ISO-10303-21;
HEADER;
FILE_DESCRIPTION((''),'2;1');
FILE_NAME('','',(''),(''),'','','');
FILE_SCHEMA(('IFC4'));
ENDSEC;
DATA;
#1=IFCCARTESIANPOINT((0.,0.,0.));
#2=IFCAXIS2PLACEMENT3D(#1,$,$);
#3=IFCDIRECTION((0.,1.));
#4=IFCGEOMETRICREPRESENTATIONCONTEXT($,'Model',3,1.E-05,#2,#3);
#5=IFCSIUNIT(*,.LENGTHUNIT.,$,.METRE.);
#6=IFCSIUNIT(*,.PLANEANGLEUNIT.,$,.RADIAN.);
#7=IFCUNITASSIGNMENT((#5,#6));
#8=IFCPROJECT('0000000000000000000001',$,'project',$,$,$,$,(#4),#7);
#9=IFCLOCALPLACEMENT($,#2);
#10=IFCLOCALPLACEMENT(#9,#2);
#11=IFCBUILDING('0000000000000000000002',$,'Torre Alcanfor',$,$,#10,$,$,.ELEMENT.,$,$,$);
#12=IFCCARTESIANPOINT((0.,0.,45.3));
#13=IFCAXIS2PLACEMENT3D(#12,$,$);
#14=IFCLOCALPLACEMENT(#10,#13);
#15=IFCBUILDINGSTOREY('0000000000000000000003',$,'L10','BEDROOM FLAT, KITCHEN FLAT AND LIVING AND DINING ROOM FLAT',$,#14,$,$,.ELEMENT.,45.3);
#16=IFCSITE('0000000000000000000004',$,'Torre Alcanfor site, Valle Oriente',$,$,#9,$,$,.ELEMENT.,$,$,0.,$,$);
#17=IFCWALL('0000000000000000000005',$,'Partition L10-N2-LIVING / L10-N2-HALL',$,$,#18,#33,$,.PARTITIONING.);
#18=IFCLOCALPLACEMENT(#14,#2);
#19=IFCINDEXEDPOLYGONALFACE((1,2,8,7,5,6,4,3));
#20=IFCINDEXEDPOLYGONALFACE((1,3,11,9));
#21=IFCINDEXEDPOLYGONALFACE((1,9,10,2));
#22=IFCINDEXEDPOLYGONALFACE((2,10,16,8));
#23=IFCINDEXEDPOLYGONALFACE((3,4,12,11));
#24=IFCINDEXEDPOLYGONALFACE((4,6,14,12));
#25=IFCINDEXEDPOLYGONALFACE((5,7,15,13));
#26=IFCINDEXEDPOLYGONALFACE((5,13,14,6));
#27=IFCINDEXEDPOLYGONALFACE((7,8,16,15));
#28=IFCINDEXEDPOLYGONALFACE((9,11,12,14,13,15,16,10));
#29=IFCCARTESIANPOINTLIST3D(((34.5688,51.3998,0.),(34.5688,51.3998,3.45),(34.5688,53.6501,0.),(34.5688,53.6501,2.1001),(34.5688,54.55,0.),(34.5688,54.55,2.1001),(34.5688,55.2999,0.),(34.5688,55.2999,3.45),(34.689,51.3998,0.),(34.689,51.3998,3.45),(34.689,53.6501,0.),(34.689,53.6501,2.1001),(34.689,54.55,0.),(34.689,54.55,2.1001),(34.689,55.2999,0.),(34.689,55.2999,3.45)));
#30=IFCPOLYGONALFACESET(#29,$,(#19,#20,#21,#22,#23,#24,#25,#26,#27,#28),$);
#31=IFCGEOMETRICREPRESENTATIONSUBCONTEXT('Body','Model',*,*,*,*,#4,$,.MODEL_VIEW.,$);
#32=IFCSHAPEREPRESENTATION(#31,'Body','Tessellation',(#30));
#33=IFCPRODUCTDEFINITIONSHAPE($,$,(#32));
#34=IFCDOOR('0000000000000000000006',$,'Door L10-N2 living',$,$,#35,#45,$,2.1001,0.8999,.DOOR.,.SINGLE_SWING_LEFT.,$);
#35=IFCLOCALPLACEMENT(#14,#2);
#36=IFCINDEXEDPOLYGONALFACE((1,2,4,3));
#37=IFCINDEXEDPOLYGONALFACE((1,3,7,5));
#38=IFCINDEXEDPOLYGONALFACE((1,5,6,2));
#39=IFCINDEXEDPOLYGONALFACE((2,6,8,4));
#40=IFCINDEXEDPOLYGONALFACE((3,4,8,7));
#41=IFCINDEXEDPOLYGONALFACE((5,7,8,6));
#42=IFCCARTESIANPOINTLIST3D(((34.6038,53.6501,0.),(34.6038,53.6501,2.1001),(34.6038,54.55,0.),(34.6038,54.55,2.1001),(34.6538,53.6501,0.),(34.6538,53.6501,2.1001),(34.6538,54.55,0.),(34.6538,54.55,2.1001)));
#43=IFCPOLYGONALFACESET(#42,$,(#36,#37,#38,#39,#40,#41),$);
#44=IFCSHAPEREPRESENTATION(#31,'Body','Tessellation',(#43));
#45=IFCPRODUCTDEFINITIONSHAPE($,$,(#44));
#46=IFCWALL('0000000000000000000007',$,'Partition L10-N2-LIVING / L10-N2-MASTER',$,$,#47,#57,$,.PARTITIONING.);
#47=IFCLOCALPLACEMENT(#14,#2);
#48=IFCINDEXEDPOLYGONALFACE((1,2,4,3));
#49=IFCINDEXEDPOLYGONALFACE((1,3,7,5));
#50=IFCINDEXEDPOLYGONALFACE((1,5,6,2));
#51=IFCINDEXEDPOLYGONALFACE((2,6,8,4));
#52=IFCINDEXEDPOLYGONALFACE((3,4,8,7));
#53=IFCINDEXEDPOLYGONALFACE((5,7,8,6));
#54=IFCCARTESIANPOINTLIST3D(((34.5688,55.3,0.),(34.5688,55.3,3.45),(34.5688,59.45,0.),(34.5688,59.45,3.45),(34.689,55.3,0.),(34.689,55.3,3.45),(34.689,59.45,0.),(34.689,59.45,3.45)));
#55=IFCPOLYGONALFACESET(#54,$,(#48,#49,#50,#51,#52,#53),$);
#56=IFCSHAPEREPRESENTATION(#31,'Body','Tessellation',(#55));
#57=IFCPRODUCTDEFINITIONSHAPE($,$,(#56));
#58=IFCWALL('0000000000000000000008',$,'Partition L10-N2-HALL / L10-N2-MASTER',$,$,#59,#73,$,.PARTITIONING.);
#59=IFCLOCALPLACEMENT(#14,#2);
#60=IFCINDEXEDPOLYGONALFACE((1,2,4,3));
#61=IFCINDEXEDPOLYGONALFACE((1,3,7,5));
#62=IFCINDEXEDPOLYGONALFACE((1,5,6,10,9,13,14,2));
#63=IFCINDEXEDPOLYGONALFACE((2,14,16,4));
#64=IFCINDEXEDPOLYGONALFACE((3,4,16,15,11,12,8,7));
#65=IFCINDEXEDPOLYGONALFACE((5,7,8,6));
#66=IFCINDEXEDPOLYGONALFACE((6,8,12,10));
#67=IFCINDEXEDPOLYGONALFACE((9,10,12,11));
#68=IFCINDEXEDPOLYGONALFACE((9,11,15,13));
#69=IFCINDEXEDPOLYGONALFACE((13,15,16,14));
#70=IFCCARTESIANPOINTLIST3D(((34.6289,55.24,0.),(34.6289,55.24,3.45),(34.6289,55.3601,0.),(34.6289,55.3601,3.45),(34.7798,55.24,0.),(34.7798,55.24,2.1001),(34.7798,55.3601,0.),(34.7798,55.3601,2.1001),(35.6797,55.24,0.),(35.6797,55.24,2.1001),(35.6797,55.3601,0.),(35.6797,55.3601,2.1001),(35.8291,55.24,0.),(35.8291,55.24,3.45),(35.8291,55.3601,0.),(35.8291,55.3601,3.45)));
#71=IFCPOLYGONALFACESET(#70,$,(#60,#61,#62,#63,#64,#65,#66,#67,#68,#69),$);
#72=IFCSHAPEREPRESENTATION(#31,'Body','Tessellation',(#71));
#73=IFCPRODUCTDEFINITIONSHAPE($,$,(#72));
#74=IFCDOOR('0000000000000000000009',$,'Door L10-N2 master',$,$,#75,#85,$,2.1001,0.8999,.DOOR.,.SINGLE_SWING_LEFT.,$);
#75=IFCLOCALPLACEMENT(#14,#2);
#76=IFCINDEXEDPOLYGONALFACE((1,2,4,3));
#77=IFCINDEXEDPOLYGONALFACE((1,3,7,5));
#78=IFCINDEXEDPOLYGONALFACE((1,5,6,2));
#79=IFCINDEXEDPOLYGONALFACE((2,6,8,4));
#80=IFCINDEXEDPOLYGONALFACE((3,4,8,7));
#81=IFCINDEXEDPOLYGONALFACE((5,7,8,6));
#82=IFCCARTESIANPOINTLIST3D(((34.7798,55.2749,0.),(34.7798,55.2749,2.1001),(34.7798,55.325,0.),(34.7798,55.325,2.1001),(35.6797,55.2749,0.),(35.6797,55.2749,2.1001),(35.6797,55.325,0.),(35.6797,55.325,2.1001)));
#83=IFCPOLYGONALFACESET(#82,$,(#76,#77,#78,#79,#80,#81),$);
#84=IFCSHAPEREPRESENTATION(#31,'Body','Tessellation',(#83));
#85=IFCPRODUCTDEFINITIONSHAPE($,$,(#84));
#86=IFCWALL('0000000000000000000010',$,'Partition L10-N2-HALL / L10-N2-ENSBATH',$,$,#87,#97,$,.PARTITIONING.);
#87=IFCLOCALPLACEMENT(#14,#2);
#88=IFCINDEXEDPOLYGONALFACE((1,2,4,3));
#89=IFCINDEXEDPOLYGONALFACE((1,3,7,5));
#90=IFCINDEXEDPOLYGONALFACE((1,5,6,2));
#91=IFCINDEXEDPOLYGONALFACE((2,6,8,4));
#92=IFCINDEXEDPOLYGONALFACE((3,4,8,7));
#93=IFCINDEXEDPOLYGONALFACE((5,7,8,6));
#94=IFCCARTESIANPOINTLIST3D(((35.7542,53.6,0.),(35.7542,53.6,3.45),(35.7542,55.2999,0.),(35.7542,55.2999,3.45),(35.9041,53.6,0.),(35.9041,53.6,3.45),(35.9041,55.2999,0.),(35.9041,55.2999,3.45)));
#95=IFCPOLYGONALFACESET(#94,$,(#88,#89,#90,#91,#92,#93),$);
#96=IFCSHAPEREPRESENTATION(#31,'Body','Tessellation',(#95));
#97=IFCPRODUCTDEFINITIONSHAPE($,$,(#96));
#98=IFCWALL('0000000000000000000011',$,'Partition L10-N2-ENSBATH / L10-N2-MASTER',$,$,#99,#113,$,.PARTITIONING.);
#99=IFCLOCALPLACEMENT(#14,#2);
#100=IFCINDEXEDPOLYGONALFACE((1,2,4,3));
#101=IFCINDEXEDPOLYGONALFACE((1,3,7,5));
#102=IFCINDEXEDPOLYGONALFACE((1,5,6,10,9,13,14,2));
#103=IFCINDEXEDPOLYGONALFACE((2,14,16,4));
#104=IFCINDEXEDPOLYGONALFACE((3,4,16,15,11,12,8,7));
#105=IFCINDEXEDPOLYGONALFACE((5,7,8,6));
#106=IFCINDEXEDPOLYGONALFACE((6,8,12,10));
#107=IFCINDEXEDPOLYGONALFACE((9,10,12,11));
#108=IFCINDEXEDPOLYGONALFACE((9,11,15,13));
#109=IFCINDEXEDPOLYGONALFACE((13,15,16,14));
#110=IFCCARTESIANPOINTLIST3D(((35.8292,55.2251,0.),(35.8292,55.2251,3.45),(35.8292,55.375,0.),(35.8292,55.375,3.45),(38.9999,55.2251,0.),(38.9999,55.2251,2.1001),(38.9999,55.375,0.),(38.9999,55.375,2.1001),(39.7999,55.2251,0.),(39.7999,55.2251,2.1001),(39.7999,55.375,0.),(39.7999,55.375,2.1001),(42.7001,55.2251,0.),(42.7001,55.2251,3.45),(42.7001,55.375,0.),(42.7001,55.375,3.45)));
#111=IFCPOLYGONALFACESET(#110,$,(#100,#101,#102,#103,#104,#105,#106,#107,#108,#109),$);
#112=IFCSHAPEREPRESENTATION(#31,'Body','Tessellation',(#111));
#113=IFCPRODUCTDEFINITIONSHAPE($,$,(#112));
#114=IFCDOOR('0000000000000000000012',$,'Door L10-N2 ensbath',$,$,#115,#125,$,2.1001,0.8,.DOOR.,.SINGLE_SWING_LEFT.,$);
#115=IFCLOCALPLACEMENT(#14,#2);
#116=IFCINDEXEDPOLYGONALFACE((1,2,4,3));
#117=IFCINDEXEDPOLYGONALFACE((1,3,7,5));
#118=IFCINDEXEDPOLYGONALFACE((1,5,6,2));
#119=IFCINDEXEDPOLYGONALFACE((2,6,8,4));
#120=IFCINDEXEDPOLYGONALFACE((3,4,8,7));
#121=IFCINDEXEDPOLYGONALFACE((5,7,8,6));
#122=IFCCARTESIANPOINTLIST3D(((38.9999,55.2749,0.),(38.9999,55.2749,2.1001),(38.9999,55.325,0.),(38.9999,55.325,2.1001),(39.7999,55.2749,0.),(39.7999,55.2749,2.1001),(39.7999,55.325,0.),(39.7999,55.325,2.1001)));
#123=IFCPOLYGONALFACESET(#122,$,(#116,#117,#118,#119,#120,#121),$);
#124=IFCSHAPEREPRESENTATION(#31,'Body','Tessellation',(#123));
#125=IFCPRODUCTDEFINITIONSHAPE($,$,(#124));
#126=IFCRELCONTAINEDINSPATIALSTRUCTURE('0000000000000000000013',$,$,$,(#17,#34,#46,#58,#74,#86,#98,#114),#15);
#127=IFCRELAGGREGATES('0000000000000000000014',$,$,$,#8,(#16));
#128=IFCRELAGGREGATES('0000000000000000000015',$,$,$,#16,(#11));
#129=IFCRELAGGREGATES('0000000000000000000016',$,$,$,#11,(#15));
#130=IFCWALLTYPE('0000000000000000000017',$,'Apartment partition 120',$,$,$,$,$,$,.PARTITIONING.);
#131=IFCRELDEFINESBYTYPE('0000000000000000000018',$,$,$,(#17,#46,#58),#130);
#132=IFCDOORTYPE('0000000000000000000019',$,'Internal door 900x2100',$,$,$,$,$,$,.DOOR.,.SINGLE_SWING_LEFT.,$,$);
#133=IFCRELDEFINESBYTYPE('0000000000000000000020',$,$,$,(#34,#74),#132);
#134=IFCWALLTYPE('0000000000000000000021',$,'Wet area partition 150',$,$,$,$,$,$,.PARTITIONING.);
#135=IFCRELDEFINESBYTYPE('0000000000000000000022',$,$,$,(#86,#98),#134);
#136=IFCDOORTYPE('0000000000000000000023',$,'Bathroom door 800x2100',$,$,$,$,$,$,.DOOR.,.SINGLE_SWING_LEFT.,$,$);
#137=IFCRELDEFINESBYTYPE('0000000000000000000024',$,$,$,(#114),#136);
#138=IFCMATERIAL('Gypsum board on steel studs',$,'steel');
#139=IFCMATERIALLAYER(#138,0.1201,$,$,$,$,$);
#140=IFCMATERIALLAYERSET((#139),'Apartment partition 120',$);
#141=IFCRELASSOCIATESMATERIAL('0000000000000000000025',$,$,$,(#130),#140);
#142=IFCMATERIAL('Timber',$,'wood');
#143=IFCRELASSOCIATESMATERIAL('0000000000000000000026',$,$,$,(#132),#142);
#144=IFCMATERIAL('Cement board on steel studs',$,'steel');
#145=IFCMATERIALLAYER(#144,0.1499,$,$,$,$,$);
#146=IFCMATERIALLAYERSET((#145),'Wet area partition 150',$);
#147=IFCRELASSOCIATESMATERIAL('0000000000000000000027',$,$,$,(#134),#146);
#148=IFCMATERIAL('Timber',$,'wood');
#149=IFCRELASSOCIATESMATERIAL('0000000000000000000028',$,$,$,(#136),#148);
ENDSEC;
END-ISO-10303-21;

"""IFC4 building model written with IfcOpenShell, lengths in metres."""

from ifc_helpers import new_model, si_unit, direction, frame, frame_2d, origin, place, context, subcontext, project, spatial, rectangle, extrude, material, layer, layer_set, type_object, element, fill, save


model = new_model("IFC4")

# Units and contexts
model_context = context("Model", 3, precision=1e-05, world=origin(), true_north=direction((0.0, 1.0)))
body_context = subcontext(model_context, "Body", "Model", "MODEL_VIEW")
ifc_project = project(units=[si_unit("LENGTHUNIT", "METRE"), si_unit("PLANEANGLEUNIT", "RADIAN")], contexts=[model_context])

# Site, building, storey
site_placement = place(None, origin())
site = spatial("IfcSite", under=ifc_project, at=site_placement, Name="Torre Alcanfor site, Valle Oriente", CompositionType="ELEMENT", RefElevation=0.0)
building_placement = place(site_placement, origin())
building = spatial("IfcBuilding", under=site, at=building_placement, Name="Torre Alcanfor", CompositionType="ELEMENT")
storey_placement = place(building_placement, frame((0.0, 0.0, 45.3)))
storey = spatial("IfcBuildingStorey", under=building, at=storey_placement, Name="L10", Description="BEDROOM FLAT, KITCHEN FLAT AND LIVING AND DINING ROOM FLAT", CompositionType="ELEMENT", Elevation=45.3)

# Wall, opening, door
ifc_material_1 = material(Name="Gypsum board on steel studs", Category="steel")
ifc_layer_1 = layer(ifc_material_1, 0.1201)
ifc_layer_set_1 = layer_set([ifc_layer_1], Name="Apartment partition 120")
wall_type_1 = type_object("IfcWallType", Name="Apartment partition 120", PredefinedType="PARTITIONING", material=ifc_layer_set_1)
wall_1_placement = place(storey_placement, frame((34.6289, 55.3, 0.0), z_axis=(0.0, 0.0, 1.0), x_axis=(0.0, -1.0, 0.0)))
wall_1 = element("IfcWall", 1, at=wall_1_placement, inside=storey, type_object=wall_type_1, Name="Partition L10-N2-LIVING / L10-N2-HALL", PredefinedType="PARTITIONING", context=body_context, shape_type="SweptSolid", body=[
    extrude(rectangle(XDim=3.9001, YDim=0.1201, at=frame_2d((1.9502, 0.0))), origin(), (0.0, 0.0, 1.0), 3.45),
])
opening_1_placement = place(wall_1_placement, frame((0.75, 0.0, 0.0)))
opening_1 = element("IfcOpeningElement", 2, at=opening_1_placement, cuts=wall_1, PredefinedType="OPENING", context=body_context, shape_type="SweptSolid", body=[
    extrude(rectangle(XDim=0.8999, YDim=2.1001, at=frame_2d((0.45, 1.05))), frame((0.0, 0.0701, 0.0), z_axis=(0.0, -1.0, 0.0), x_axis=(1.0, 0.0, 0.0)), (0.0, 0.0, 1.0), 0.1401),
])
ifc_material_2 = material(Name="Timber", Category="wood")
door_type_1 = type_object("IfcDoorType", Name="Internal door 900x2100", OperationType="SINGLE_SWING_LEFT", PredefinedType="DOOR", material=ifc_material_2)
door_1_placement = place(opening_1_placement, frame((0.8999, 0.0, 0.0), z_axis=(0.0, 0.0, 1.0), x_axis=(-1.0, 0.0, 0.0)))
door_1 = element("IfcDoor", 3, at=door_1_placement, inside=storey, type_object=door_type_1, Name="Door L10-N2 living", OperationType="SINGLE_SWING_LEFT", OverallHeight=2.1001, OverallWidth=0.8999, PredefinedType="DOOR", context=body_context, shape_type="SweptSolid", body=[
    extrude(rectangle(XDim=0.8999, YDim=2.1001, at=frame_2d((0.45, 1.05))), frame((0.0, 0.0251, 0.0), z_axis=(0.0, -1.0, 0.0), x_axis=(1.0, 0.0, 0.0)), (0.0, 0.0, 1.0), 0.05),
])
fill(opening_1, door_1)

# Wall
wall_2_placement = place(storey_placement, frame((34.6289, 59.45, 0.0), z_axis=(0.0, 0.0, 1.0), x_axis=(0.0, -1.0, 0.0)))
element("IfcWall", 4, at=wall_2_placement, inside=storey, type_object=wall_type_1, Name="Partition L10-N2-LIVING / L10-N2-MASTER", PredefinedType="PARTITIONING", context=body_context, shape_type="SweptSolid", body=[
    extrude(rectangle(XDim=4.1499, YDim=0.1201, at=frame_2d((2.075, 0.0))), origin(), (0.0, 0.0, 1.0), 3.45),
])

# Wall, opening, door
wall_3_placement = place(storey_placement, frame((34.6289, 55.3, 0.0), z_axis=(0.0, 0.0, 1.0), x_axis=(1.0, 0.0, 0.0)))
wall_3 = element("IfcWall", 5, at=wall_3_placement, inside=storey, type_object=wall_type_1, Name="Partition L10-N2-HALL / L10-N2-MASTER", PredefinedType="PARTITIONING", context=body_context, shape_type="SweptSolid", body=[
    extrude(rectangle(XDim=1.2002, YDim=0.1201, at=frame_2d((0.6001, 0.0))), origin(), (0.0, 0.0, 1.0), 3.45),
])
opening_2_placement = place(wall_3_placement, frame((0.1509, 0.0, 0.0)))
opening_2 = element("IfcOpeningElement", 6, at=opening_2_placement, cuts=wall_3, PredefinedType="OPENING", context=body_context, shape_type="SweptSolid", body=[
    extrude(rectangle(XDim=0.8999, YDim=2.1001, at=frame_2d((0.45, 1.05))), frame((0.0, 0.0701, 0.0), z_axis=(0.0, -1.0, 0.0), x_axis=(1.0, 0.0, 0.0)), (0.0, 0.0, 1.0), 0.1401),
])
door_2_placement = place(opening_2_placement, origin())
door_2 = element("IfcDoor", 7, at=door_2_placement, inside=storey, type_object=door_type_1, Name="Door L10-N2 master", OperationType="SINGLE_SWING_LEFT", OverallHeight=2.1001, OverallWidth=0.8999, PredefinedType="DOOR", context=body_context, shape_type="SweptSolid", body=[
    extrude(rectangle(XDim=0.8999, YDim=2.1001, at=frame_2d((0.45, 1.05))), frame((0.0, 0.0249, 0.0), z_axis=(0.0, -1.0, 0.0), x_axis=(1.0, 0.0, 0.0)), (0.0, 0.0, 1.0), 0.05),
])
fill(opening_2, door_2)

# Wall
ifc_material_3 = material(Name="Cement board on steel studs", Category="steel")
ifc_layer_2 = layer(ifc_material_3, 0.1499)
ifc_layer_set_2 = layer_set([ifc_layer_2], Name="Wet area partition 150")
wall_type_2 = type_object("IfcWallType", Name="Wet area partition 150", PredefinedType="PARTITIONING", material=ifc_layer_set_2)
wall_4_placement = place(storey_placement, frame((35.8291, 55.3, 0.0), z_axis=(0.0, 0.0, 1.0), x_axis=(0.0, -1.0, 0.0)))
element("IfcWall", 8, at=wall_4_placement, inside=storey, type_object=wall_type_2, Name="Partition L10-N2-HALL / L10-N2-ENSBATH", PredefinedType="PARTITIONING", context=body_context, shape_type="SweptSolid", body=[
    extrude(rectangle(XDim=1.7, YDim=0.1499, at=frame_2d((0.8501, 0.0))), origin(), (0.0, 0.0, 1.0), 3.45),
])

# Wall, opening, door
wall_5_placement = place(storey_placement, frame((35.8291, 55.3, 0.0), z_axis=(0.0, 0.0, 1.0), x_axis=(1.0, 0.0, 0.0)))
wall_5 = element("IfcWall", 9, at=wall_5_placement, inside=storey, type_object=wall_type_2, Name="Partition L10-N2-ENSBATH / L10-N2-MASTER", PredefinedType="PARTITIONING", context=body_context, shape_type="SweptSolid", body=[
    extrude(rectangle(XDim=6.8708, YDim=0.1499, at=frame_2d((3.4355, 0.0))), origin(), (0.0, 0.0, 1.0), 3.45),
])
opening_3_placement = place(wall_5_placement, frame((3.1709, 0.0, 0.0)))
opening_3 = element("IfcOpeningElement", 10, at=opening_3_placement, cuts=wall_5, PredefinedType="OPENING", context=body_context, shape_type="SweptSolid", body=[
    extrude(rectangle(XDim=0.8, YDim=2.1001, at=frame_2d((0.3999, 1.05))), frame((0.0, 0.085, 0.0), z_axis=(0.0, -1.0, 0.0), x_axis=(1.0, 0.0, 0.0)), (0.0, 0.0, 1.0), 0.1699),
])
ifc_material_4 = material(Name="Timber", Category="wood")
door_type_2 = type_object("IfcDoorType", Name="Bathroom door 800x2100", OperationType="SINGLE_SWING_LEFT", PredefinedType="DOOR", material=ifc_material_4)
door_3_placement = place(opening_3_placement, frame((0.8, 0.0, 0.0), z_axis=(0.0, 0.0, 1.0), x_axis=(-1.0, 0.0, 0.0)))
door_3 = element("IfcDoor", 11, at=door_3_placement, inside=storey, type_object=door_type_2, Name="Door L10-N2 ensbath", OperationType="SINGLE_SWING_LEFT", OverallHeight=2.1001, OverallWidth=0.8, PredefinedType="DOOR", context=body_context, shape_type="SweptSolid", body=[
    extrude(rectangle(XDim=0.8, YDim=2.1001, at=frame_2d((0.4001, 1.05))), frame((0.0, 0.0251, 0.0), z_axis=(0.0, -1.0, 0.0), x_axis=(1.0, 0.0, 0.0)), (0.0, 0.0, 1.0), 0.05),
])
fill(opening_3, door_3)

save(model, "model.ifc")
